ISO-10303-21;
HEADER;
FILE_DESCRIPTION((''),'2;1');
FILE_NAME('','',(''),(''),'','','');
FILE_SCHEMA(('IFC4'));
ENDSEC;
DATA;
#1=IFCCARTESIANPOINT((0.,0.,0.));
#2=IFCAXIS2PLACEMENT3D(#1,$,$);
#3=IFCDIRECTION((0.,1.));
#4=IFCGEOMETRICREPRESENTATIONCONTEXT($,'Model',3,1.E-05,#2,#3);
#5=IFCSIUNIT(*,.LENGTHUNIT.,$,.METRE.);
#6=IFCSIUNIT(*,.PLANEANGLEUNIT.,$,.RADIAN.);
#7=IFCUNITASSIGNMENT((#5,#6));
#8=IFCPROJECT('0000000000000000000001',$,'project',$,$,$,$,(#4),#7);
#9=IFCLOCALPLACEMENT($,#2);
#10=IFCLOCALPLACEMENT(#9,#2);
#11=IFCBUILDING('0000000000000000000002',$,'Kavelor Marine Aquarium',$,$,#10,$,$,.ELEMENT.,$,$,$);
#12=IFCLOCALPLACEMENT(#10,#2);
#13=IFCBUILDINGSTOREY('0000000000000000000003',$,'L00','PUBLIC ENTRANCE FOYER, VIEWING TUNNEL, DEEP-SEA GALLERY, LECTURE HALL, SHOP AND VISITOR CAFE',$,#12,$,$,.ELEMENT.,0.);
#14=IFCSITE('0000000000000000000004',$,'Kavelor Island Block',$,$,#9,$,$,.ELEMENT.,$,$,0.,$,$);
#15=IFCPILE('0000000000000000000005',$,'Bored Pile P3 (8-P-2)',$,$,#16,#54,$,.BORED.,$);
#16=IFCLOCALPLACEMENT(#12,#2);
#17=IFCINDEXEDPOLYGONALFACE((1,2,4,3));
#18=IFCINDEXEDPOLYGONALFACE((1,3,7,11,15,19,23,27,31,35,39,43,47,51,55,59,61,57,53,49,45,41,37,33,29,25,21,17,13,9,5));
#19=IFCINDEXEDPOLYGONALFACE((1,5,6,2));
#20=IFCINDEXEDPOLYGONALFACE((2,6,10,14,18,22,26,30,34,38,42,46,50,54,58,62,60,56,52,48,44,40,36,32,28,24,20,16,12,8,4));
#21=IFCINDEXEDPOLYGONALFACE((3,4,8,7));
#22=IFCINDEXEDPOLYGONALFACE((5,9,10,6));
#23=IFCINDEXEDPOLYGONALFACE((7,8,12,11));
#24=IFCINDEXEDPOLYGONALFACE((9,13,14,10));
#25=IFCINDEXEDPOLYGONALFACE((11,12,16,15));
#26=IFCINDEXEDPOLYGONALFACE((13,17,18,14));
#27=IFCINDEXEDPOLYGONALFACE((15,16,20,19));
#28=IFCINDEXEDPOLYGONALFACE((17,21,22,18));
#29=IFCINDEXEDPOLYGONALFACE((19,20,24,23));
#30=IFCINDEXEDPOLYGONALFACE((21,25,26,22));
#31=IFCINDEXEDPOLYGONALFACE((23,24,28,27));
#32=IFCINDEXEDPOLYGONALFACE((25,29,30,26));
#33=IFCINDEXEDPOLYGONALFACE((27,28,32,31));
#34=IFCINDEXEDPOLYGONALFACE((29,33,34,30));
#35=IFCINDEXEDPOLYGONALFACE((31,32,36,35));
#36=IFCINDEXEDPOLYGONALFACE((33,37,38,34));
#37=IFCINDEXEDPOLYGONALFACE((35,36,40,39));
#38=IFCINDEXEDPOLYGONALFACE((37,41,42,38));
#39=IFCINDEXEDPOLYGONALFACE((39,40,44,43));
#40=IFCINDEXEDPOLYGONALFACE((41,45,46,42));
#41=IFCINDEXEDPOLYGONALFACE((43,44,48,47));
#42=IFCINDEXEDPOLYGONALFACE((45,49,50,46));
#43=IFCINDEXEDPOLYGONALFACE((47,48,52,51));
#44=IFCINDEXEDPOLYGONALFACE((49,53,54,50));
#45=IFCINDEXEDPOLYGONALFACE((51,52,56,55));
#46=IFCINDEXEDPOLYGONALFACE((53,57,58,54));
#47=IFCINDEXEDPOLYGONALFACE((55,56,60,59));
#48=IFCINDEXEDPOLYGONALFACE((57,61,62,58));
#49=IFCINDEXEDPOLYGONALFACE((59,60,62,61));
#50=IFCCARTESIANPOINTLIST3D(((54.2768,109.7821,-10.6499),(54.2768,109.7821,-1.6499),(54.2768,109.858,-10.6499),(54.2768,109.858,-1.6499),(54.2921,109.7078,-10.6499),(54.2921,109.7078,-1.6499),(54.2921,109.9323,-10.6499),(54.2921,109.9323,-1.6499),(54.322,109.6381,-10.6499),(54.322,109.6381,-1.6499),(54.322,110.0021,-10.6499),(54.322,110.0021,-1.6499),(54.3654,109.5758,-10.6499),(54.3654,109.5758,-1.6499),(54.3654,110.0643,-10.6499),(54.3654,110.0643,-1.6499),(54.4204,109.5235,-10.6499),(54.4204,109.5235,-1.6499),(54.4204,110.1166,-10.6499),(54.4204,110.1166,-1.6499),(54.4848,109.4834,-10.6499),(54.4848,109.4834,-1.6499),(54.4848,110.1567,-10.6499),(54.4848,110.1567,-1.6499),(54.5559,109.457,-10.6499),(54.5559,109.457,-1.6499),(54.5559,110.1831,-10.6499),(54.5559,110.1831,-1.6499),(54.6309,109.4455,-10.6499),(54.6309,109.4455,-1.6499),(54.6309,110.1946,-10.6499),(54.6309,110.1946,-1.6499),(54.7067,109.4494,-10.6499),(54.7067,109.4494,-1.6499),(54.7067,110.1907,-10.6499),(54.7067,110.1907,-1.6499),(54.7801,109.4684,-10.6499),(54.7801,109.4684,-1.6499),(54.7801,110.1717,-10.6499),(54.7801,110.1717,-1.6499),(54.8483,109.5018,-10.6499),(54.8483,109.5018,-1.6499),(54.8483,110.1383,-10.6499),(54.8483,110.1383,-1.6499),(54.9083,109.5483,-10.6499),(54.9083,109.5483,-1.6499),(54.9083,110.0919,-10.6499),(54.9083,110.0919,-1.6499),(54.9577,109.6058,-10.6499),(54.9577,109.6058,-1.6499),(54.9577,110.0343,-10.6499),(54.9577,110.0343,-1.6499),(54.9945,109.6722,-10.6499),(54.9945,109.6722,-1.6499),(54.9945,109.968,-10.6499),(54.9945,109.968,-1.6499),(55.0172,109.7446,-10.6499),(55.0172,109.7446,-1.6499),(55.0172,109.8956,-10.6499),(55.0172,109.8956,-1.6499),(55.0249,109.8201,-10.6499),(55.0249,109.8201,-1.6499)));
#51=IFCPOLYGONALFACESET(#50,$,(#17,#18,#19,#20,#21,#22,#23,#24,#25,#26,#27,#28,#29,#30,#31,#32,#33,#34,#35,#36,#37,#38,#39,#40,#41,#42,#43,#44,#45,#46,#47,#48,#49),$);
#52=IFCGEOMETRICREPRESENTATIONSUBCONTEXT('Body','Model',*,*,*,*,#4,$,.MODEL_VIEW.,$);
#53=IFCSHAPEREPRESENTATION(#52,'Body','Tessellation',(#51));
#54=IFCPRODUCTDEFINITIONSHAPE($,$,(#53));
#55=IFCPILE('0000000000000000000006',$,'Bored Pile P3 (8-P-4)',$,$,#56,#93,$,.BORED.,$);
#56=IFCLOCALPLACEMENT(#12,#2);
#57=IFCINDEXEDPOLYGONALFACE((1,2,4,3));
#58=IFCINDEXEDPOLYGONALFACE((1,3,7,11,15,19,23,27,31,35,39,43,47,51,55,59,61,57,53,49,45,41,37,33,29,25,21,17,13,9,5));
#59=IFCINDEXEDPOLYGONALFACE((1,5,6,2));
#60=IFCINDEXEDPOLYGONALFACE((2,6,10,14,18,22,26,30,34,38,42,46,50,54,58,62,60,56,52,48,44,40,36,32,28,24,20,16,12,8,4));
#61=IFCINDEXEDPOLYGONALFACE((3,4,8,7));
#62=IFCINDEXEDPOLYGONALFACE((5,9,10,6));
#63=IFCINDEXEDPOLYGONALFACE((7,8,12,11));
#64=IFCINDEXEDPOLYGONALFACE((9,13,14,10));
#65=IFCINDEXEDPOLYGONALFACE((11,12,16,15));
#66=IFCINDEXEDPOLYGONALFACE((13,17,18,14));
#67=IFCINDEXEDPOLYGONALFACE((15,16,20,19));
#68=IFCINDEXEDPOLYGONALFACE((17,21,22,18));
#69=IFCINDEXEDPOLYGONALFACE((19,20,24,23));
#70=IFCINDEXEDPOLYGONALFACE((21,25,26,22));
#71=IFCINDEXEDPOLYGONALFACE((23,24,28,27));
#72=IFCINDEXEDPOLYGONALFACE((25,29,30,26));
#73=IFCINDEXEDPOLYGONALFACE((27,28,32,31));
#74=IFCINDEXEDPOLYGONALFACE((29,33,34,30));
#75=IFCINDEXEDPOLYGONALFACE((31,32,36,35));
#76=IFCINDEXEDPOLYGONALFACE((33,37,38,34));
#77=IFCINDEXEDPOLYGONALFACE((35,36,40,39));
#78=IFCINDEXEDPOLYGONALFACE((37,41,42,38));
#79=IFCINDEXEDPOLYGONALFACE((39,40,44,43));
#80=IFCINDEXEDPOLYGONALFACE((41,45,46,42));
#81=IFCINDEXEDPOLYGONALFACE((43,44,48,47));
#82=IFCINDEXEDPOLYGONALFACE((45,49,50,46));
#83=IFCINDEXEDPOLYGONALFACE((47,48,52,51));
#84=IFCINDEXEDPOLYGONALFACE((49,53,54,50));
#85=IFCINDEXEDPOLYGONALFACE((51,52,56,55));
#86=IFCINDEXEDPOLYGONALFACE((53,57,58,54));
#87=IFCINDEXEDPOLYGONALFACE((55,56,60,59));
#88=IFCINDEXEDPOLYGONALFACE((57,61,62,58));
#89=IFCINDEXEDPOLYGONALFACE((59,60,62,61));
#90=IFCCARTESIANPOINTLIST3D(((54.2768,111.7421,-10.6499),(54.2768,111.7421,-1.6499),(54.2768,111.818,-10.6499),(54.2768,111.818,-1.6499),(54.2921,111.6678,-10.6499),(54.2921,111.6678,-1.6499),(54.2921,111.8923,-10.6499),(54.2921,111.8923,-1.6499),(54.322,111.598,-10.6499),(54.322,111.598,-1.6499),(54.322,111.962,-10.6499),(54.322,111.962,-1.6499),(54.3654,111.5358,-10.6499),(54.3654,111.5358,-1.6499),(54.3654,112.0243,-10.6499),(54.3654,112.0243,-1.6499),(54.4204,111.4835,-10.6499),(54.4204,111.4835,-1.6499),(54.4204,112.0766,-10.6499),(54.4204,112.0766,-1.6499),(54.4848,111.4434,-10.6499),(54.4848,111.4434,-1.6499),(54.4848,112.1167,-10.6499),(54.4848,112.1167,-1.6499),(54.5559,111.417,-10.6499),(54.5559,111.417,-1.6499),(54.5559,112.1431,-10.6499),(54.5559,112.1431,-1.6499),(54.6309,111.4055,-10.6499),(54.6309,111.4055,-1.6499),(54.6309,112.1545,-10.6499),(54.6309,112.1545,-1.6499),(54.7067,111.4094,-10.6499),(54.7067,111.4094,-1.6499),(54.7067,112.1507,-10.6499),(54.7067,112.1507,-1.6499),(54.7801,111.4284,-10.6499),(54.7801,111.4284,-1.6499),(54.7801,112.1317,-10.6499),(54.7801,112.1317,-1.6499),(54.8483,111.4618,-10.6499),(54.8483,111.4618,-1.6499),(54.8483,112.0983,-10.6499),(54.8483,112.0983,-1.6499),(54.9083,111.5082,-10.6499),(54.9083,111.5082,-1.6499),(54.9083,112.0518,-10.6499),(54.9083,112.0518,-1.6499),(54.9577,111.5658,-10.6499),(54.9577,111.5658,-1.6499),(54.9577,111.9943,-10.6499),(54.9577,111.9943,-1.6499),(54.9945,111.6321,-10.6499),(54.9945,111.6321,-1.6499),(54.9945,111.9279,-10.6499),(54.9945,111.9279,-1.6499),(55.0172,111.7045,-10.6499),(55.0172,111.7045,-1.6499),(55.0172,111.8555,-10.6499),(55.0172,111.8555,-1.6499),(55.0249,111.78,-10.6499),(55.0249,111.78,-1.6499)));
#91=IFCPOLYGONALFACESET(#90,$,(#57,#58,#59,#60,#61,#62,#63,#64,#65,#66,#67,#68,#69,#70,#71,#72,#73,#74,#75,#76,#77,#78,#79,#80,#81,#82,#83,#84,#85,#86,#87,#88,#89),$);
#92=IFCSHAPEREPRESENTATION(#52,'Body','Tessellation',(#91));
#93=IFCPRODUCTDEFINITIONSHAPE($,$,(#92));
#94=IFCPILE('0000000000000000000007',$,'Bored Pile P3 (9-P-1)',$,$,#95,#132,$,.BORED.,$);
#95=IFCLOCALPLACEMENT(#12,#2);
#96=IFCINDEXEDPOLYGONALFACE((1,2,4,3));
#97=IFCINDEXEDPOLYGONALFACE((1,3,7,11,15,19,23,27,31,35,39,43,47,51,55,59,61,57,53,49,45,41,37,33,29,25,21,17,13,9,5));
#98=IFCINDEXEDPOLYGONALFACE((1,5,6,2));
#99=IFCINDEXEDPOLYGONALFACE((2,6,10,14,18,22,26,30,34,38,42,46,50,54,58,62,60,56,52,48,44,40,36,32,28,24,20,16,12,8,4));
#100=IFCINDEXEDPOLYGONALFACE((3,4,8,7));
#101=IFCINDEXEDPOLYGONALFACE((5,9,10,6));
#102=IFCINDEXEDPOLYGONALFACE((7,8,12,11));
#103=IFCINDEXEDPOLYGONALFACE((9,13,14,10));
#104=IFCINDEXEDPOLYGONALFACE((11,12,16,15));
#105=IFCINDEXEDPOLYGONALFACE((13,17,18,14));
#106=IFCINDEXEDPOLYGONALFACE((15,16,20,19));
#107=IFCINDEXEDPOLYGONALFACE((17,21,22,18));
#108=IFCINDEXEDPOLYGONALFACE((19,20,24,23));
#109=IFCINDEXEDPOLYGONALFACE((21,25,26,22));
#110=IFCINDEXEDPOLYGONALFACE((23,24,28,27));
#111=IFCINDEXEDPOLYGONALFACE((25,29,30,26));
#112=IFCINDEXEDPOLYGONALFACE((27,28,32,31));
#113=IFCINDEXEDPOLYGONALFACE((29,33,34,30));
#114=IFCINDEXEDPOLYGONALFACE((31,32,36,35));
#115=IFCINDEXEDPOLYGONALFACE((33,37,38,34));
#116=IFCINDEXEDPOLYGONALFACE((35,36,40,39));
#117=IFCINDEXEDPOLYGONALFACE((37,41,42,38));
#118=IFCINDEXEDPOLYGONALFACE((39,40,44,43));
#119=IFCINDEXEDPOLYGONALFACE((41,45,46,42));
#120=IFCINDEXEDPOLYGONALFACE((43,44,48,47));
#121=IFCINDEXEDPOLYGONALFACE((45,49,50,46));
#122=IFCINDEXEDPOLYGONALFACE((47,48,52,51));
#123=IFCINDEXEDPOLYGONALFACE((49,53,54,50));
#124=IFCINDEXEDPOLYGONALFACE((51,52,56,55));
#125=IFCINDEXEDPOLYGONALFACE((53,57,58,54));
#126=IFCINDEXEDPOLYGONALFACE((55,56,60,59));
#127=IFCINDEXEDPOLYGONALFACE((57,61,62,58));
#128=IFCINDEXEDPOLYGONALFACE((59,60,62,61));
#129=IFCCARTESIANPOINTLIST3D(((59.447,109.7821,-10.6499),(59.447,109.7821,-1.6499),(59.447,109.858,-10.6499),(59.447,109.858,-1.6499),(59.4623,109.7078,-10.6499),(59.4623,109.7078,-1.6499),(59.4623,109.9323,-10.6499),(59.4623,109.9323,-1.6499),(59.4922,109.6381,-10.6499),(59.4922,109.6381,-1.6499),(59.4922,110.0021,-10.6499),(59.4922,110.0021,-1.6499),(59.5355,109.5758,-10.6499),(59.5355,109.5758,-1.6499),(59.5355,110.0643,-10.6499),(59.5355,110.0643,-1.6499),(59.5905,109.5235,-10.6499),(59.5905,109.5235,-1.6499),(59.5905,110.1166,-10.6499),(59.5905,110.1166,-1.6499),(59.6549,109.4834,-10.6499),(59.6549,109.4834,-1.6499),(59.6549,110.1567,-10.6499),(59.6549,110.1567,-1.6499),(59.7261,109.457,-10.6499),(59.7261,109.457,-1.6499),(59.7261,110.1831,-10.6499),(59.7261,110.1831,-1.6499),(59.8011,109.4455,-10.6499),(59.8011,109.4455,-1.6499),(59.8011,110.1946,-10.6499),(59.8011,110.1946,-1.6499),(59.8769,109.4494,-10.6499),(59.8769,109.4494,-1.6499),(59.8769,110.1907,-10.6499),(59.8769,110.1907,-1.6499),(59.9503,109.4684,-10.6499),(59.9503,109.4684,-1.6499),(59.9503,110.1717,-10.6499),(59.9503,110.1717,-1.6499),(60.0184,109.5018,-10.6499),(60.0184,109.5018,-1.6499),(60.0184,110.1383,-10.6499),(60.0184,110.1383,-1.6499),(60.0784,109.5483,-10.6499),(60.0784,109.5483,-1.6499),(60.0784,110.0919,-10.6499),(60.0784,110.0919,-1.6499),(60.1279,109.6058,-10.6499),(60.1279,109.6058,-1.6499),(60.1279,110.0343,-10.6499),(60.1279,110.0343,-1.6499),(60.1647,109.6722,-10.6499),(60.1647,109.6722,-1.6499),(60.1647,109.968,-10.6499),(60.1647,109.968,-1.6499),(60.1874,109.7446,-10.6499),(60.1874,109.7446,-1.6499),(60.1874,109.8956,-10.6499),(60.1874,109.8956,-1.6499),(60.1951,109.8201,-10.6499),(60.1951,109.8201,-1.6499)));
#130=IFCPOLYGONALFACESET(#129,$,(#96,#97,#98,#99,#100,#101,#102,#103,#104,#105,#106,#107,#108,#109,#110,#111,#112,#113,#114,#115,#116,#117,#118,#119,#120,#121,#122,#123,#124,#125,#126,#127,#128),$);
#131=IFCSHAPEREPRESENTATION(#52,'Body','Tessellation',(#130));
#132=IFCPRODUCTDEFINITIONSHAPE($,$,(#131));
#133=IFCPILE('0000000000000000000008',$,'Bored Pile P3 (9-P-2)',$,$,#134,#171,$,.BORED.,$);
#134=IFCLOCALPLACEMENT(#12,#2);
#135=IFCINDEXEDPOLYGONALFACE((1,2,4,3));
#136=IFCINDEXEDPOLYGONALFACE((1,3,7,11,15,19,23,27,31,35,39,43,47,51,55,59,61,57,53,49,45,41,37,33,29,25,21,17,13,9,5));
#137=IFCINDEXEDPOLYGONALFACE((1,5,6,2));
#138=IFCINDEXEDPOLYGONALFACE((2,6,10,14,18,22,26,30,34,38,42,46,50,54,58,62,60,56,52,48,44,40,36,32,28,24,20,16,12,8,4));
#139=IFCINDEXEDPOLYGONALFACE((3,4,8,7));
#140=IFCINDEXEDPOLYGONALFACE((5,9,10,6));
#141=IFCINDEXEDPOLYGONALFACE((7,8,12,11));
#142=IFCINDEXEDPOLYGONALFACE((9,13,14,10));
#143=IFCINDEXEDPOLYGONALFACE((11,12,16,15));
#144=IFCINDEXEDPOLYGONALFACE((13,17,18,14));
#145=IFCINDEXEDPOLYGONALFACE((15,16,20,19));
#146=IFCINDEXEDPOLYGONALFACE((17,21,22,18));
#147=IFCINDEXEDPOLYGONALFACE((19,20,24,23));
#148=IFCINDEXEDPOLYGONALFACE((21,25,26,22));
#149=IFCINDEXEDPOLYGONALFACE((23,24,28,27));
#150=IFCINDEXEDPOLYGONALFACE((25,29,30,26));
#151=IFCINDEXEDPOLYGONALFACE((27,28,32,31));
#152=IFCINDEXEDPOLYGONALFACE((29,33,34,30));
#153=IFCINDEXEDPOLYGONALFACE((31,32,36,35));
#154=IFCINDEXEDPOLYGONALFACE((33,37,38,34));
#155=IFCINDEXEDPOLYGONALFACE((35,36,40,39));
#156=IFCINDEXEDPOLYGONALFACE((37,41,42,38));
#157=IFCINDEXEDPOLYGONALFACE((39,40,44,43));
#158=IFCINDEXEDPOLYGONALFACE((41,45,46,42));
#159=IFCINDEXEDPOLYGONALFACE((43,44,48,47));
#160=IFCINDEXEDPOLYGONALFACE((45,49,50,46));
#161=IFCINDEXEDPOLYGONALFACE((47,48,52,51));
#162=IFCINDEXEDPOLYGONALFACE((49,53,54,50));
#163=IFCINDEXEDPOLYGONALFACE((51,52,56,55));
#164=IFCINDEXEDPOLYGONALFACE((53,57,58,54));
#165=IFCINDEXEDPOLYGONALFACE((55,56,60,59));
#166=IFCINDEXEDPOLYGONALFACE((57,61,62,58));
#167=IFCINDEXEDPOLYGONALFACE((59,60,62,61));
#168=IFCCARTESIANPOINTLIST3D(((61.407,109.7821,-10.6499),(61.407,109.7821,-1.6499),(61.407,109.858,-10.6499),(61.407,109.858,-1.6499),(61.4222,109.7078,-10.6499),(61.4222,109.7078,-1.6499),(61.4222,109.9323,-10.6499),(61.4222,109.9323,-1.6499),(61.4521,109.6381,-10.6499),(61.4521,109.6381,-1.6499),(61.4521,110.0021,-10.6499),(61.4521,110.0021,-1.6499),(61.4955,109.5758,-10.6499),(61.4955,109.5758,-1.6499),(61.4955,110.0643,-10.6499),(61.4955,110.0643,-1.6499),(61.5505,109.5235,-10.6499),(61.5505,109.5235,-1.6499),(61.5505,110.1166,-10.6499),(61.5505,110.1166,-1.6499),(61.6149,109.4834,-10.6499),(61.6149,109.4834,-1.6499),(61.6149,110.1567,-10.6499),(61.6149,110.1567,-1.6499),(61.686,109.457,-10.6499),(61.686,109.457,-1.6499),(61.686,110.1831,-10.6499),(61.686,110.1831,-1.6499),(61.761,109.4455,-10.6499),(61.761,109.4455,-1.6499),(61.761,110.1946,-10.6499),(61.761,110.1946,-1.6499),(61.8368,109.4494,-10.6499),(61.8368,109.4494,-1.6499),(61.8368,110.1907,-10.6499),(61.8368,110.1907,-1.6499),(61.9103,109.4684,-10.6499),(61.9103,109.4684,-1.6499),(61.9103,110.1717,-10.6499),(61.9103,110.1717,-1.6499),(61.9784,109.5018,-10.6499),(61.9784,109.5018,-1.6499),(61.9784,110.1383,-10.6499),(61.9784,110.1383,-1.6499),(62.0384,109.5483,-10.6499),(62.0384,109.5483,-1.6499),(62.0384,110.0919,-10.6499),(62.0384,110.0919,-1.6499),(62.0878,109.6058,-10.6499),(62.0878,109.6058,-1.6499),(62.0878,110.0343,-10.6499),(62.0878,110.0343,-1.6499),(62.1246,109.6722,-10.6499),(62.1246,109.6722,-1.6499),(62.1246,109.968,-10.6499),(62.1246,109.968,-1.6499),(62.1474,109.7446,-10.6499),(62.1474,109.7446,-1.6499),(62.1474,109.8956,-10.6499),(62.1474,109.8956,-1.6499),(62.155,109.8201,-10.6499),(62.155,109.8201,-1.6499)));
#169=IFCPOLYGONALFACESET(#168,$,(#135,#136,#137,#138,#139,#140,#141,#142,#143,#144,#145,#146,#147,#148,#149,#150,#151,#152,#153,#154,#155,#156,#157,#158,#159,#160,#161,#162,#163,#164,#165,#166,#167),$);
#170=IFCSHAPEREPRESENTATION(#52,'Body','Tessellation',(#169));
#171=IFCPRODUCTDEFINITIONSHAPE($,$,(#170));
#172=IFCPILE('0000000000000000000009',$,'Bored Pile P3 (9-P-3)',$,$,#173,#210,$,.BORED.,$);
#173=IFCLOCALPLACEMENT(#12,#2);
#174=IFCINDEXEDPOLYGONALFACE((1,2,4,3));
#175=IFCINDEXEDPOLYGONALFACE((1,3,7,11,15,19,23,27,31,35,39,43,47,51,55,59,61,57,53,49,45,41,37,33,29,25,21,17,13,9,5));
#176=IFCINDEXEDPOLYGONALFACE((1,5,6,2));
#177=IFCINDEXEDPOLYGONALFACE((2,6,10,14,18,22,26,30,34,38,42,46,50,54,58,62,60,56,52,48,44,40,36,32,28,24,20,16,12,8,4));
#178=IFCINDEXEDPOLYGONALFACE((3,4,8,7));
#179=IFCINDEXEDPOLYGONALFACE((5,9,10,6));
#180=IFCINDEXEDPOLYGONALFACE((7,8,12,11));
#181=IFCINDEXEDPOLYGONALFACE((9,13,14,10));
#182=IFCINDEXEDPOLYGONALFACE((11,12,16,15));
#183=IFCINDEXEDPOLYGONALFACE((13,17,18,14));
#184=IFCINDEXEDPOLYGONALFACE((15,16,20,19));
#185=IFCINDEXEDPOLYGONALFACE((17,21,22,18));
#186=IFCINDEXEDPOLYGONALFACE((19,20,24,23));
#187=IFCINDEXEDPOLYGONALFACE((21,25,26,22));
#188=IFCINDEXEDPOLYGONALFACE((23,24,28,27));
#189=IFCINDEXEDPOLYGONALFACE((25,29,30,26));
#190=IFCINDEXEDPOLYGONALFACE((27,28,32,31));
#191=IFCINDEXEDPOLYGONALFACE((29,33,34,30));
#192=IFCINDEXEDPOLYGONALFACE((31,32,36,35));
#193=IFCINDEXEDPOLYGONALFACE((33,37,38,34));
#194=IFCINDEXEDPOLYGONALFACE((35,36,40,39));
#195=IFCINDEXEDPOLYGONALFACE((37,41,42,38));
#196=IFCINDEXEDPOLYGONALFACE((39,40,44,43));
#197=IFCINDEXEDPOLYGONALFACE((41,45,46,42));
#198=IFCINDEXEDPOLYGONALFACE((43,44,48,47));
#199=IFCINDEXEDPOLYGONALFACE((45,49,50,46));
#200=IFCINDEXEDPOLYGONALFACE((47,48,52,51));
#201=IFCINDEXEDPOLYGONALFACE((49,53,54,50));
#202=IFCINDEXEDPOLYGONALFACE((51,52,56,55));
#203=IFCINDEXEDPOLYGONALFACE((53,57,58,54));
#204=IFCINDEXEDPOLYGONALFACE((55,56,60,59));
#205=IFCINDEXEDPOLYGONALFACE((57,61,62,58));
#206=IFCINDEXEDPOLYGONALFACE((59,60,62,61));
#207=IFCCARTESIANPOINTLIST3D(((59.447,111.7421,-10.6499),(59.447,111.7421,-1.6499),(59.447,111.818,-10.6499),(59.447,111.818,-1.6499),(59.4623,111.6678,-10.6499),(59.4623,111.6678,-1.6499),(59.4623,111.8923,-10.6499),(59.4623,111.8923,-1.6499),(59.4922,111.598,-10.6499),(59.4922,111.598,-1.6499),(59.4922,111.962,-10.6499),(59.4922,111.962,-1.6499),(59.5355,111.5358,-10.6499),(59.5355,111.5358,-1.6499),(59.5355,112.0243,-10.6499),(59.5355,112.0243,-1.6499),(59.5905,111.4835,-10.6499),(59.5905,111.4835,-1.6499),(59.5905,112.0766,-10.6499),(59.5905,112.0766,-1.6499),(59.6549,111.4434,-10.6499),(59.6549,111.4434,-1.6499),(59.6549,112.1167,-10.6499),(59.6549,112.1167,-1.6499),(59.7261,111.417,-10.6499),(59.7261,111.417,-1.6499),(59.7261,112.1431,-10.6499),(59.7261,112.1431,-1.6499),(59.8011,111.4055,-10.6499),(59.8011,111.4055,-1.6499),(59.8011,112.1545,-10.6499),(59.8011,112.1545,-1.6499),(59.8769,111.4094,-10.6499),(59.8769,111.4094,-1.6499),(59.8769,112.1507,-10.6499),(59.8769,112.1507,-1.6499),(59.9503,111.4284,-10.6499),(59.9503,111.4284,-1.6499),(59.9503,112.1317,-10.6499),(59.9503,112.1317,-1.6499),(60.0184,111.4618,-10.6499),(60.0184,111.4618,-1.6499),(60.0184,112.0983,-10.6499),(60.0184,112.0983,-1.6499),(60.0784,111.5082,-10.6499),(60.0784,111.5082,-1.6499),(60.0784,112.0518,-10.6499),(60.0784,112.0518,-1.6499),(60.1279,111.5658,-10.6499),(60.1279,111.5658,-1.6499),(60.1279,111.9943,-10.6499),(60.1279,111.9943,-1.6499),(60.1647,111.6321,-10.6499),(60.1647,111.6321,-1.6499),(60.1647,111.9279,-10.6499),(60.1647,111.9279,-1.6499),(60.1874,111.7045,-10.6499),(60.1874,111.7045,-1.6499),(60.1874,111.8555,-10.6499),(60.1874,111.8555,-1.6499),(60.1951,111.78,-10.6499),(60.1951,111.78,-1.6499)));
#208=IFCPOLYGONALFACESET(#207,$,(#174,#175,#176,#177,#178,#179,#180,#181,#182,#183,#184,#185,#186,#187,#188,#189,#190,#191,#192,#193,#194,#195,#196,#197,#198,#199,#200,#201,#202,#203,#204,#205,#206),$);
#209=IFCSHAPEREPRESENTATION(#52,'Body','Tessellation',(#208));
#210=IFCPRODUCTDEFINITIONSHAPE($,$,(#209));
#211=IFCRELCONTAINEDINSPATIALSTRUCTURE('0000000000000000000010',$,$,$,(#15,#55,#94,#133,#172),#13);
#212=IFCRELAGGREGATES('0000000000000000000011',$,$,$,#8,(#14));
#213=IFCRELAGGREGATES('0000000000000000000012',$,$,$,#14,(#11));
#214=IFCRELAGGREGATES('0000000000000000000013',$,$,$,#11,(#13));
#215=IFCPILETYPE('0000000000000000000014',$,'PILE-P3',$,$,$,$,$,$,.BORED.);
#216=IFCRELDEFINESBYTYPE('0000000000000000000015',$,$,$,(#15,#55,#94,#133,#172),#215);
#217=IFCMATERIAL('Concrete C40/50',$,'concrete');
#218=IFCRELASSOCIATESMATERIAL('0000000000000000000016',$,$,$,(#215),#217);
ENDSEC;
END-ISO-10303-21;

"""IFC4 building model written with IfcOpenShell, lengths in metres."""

from ifc_helpers import new_model, si_unit, direction, frame, origin, origin_2d, place, context, subcontext, project, spatial, circle, extrude, material, material_profile, profile_set, type_object, element, save


model = new_model("IFC4")

# Units and contexts
model_context = context("Model", 3, precision=1e-05, world=origin(), true_north=direction((0.0, 1.0)))
body_context = subcontext(model_context, "Body", "Model", "MODEL_VIEW")
ifc_project = project(units=[si_unit("LENGTHUNIT", "METRE"), si_unit("PLANEANGLEUNIT", "RADIAN")], contexts=[model_context])

# Site, building, storey
site_placement = place(None, origin())
site = spatial("IfcSite", under=ifc_project, at=site_placement, Name="Kavelor Island Block", CompositionType="ELEMENT", RefElevation=0.0)
building_placement = place(site_placement, origin())
building = spatial("IfcBuilding", under=site, at=building_placement, Name="Kavelor Marine Aquarium", CompositionType="ELEMENT")
storey_placement = place(building_placement, origin())
storey = spatial("IfcBuildingStorey", under=building, at=storey_placement, Name="L00", Description="PUBLIC ENTRANCE FOYER, VIEWING TUNNEL, DEEP-SEA GALLERY, LECTURE HALL, SHOP AND VISITOR CAFE", CompositionType="ELEMENT", Elevation=0.0)

# Piles
ifc_material_1 = material(Name="Concrete C40/50", Category="concrete")
ifc_material_profile_1 = material_profile(ifc_material_1, circle(Radius=0.375, at=origin_2d()), Name="PILE D750")
ifc_profile_set_1 = profile_set([ifc_material_profile_1], Name="Concrete C40/50")
pile_type_1 = type_object("IfcPileType", Name="PILE-P3", PredefinedType="BORED", material=ifc_profile_set_1)
for number, where, z_axis, x_axis, name in (
    (1, (54.6499, 109.8201, -1.6499), (0.0, 0.0, -1.0), (1.0, 0.0, 0.0), "Bored Pile P3 (8-P-2)"),
    (2, (54.6499, 111.78, -1.6499), (0.0, 0.0, -1.0), (1.0, 0.0, 0.0), "Bored Pile P3 (8-P-4)"),
    (3, (59.8201, 109.8201, -1.6499), (0.0, 0.0, -1.0), (1.0, 0.0, 0.0), "Bored Pile P3 (9-P-1)"),
    (4, (61.78, 109.8201, -1.6499), (0.0, 0.0, -1.0), (1.0, 0.0, 0.0), "Bored Pile P3 (9-P-2)"),
    (5, (59.8201, 111.78, -1.6499), (0.0, 0.0, -1.0), (1.0, 0.0, 0.0), "Bored Pile P3 (9-P-3)"),
):
    element("IfcPile", number, at=place(storey_placement, frame(where, z_axis=z_axis, x_axis=x_axis)), inside=storey, type_object=pile_type_1, Name=name, PredefinedType="BORED", context=body_context, shape_type="SweptSolid", body=[
        extrude(circle(Radius=0.375, at=origin_2d()), origin(), (0.0, 0.0, 1.0), 9.0),
    ])

save(model, "model.ifc")
